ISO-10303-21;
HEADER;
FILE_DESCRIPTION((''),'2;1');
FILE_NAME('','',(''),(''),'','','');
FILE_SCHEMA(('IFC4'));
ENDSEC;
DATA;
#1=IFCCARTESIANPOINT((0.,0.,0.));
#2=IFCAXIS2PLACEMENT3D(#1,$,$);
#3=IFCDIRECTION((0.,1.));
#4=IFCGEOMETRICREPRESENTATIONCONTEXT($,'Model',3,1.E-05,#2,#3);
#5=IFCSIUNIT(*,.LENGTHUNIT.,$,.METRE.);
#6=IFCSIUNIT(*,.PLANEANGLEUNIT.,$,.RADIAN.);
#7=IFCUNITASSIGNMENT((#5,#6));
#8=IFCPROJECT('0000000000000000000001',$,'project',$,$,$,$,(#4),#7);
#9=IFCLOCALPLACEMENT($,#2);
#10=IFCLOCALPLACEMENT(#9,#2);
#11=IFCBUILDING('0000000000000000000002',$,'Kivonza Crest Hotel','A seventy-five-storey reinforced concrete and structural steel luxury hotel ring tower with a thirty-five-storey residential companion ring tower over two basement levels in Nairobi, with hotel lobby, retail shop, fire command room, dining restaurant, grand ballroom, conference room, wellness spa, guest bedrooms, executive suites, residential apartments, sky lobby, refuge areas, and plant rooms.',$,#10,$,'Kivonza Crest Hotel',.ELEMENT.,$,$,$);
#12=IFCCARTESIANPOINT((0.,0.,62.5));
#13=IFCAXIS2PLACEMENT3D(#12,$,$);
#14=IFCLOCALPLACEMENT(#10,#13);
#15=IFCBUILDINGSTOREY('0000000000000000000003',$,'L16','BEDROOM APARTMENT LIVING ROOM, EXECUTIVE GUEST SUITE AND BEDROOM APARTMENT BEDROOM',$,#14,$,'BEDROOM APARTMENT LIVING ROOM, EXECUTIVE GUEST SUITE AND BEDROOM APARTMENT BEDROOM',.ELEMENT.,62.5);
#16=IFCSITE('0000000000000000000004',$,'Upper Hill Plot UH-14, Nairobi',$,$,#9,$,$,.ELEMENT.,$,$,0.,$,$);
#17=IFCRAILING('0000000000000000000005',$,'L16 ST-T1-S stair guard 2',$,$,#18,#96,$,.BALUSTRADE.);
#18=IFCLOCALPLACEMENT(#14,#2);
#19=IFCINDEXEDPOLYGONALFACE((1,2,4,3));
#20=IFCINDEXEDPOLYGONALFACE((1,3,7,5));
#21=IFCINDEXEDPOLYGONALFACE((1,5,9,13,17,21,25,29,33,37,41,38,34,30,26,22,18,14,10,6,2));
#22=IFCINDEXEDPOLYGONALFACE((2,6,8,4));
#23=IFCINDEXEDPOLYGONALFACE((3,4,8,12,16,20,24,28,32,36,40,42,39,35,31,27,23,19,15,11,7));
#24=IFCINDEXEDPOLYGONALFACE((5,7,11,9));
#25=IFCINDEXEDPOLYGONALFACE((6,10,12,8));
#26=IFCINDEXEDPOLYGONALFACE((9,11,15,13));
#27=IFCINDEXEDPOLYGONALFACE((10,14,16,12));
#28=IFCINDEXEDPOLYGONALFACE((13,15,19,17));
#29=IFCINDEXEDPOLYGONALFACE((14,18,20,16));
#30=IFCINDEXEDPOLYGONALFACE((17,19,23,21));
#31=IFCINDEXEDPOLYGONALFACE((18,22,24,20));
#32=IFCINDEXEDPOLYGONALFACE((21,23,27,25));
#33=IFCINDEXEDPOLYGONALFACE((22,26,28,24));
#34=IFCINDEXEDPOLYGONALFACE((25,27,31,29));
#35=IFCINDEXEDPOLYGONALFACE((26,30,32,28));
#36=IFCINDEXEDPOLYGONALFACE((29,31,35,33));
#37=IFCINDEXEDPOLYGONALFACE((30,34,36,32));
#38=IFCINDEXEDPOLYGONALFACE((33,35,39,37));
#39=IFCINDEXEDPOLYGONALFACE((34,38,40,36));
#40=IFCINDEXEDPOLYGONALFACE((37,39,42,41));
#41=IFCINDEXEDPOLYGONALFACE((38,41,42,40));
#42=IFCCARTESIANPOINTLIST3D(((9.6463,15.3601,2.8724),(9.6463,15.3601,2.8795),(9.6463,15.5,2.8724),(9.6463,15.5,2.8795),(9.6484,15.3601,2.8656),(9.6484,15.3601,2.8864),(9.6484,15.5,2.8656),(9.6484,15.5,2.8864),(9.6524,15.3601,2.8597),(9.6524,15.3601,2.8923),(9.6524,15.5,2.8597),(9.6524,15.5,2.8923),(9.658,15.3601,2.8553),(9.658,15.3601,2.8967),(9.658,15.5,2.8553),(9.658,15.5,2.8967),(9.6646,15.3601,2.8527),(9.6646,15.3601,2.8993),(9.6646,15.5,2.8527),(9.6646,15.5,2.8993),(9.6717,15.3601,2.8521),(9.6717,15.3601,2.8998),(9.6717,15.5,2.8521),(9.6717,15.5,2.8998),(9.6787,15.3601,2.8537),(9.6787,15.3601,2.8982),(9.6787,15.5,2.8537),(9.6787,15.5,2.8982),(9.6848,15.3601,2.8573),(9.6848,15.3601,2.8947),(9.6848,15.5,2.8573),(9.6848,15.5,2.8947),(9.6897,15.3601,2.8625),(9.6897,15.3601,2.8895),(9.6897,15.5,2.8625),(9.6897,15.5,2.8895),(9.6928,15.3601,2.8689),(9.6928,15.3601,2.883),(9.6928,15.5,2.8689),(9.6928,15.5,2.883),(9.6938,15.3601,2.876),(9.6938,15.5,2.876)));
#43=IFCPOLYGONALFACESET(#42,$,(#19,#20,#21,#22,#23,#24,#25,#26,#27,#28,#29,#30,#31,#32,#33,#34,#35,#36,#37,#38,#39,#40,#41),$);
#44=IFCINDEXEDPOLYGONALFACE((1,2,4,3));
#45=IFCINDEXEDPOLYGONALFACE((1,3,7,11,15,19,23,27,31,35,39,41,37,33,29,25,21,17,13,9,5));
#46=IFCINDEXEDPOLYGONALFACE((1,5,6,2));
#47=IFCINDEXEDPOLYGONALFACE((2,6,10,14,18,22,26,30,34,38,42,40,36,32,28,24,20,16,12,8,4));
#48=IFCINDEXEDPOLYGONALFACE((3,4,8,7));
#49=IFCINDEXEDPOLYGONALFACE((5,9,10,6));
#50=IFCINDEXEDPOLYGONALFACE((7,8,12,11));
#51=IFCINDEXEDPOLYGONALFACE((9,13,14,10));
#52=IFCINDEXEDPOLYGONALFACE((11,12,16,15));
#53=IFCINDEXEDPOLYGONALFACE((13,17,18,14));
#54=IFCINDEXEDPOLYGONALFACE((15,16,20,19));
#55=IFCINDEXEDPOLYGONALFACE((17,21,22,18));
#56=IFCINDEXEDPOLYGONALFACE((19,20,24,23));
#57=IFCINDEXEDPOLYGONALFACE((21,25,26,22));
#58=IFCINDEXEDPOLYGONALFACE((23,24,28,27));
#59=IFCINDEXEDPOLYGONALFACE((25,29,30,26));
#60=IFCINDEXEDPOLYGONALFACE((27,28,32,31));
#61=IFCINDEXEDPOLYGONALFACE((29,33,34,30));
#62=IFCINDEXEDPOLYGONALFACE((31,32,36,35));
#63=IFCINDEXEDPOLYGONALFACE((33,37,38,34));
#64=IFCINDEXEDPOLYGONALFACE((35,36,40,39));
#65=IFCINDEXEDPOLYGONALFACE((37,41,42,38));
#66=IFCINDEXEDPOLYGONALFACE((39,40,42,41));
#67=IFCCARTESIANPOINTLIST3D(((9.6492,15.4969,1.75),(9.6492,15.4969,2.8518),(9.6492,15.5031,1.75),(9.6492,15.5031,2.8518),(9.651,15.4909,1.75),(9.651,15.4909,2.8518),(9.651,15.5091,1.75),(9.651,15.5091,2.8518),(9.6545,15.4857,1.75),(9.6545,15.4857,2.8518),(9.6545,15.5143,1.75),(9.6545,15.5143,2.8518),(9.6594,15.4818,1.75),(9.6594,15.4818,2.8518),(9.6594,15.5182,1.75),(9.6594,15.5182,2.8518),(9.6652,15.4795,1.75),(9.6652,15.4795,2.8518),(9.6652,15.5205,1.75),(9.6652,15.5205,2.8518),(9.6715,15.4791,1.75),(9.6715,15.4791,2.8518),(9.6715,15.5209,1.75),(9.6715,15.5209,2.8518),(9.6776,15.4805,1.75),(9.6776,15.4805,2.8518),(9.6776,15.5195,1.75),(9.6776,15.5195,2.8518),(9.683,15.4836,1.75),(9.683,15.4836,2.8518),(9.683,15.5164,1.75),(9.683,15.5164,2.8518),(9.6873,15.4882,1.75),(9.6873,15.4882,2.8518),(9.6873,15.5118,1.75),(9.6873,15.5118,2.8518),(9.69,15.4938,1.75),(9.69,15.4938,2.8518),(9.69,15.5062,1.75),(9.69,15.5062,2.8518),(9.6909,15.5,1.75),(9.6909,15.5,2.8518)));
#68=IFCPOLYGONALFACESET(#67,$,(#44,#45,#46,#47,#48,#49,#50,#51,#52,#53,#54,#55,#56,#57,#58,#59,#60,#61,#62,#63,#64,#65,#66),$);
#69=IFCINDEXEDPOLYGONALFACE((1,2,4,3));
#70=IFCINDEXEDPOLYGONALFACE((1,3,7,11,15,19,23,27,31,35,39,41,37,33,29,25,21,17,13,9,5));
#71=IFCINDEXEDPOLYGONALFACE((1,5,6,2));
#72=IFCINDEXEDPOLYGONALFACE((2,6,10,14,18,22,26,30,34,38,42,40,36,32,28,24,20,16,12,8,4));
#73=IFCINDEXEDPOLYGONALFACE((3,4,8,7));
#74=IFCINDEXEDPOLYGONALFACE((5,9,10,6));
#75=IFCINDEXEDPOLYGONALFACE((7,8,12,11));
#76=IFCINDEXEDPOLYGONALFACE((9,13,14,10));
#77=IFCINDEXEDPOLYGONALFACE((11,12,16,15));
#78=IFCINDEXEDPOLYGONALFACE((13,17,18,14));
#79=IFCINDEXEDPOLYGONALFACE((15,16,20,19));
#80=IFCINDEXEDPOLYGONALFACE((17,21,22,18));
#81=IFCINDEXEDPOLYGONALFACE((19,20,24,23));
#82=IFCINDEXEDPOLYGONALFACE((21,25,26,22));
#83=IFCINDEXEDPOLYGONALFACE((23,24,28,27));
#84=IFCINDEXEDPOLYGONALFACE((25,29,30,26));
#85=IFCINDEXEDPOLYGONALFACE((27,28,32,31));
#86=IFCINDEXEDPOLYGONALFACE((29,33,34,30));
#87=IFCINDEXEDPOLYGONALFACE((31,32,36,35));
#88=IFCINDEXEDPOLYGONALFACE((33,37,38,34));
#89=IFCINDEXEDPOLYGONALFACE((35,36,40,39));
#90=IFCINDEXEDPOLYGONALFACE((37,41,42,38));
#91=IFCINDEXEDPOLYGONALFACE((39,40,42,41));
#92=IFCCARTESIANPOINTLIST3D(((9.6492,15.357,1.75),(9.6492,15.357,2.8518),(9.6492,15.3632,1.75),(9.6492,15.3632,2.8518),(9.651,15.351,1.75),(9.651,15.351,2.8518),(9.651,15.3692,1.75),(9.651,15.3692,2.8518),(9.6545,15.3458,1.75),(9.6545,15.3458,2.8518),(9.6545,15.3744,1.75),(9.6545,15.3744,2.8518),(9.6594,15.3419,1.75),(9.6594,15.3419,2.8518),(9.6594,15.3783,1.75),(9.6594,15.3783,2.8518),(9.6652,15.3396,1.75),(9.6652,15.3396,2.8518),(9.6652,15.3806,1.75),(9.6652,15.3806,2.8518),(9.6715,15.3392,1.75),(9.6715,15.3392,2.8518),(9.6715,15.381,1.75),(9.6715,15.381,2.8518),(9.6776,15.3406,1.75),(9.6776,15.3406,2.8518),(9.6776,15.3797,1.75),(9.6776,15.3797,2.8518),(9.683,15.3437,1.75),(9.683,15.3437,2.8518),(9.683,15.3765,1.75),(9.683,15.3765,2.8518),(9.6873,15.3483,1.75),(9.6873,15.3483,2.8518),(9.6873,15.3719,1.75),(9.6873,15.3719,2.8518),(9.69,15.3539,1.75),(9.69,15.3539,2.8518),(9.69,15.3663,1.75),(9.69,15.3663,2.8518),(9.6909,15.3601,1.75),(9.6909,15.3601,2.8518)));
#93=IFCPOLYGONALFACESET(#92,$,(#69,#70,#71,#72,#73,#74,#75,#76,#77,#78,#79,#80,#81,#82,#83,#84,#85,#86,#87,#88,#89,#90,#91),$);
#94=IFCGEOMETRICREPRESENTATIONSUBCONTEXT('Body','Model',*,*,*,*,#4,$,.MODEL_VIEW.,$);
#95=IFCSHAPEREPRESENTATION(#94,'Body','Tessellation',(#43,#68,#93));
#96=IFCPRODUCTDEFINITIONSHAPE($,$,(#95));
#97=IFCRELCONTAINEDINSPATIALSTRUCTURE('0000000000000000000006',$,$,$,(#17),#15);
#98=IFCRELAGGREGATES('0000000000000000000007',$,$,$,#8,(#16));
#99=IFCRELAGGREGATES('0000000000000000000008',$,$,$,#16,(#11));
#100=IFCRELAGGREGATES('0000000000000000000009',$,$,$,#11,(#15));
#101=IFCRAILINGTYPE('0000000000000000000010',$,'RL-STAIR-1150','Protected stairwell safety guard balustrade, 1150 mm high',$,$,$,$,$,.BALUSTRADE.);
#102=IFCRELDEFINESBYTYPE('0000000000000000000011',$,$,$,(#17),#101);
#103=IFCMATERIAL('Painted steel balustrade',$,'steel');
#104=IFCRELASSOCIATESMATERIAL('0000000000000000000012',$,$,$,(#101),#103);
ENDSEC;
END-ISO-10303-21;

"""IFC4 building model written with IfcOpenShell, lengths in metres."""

from ifc_helpers import new_model, si_unit, direction, frame, origin, origin_2d, place, context, subcontext, project, spatial, circle, extrude, material, type_object, element, save


model = new_model("IFC4")

# Units and contexts
model_context = context("Model", 3, precision=1e-05, world=origin(), true_north=direction((0.0, 1.0)))
body_context = subcontext(model_context, "Body", "Model", "MODEL_VIEW")
ifc_project = project(units=[si_unit("LENGTHUNIT", "METRE"), si_unit("PLANEANGLEUNIT", "RADIAN")], contexts=[model_context])

# Site, building, storey
site_placement = place(None, origin())
site = spatial("IfcSite", under=ifc_project, at=site_placement, Name="Upper Hill Plot UH-14, Nairobi", CompositionType="ELEMENT", RefElevation=0.0)
building_placement = place(site_placement, origin())
building = spatial("IfcBuilding", under=site, at=building_placement, Name="Kivonza Crest Hotel", Description="A seventy-five-storey reinforced concrete and structural steel luxury hotel ring tower with a thirty-five-storey residential companion ring tower over two basement levels in Nairobi, with hotel lobby, retail shop, fire command room, dining restaurant, grand ballroom, conference room, wellness spa, guest bedrooms, executive suites, residential apartments, sky lobby, refuge areas, and plant rooms.", LongName="Kivonza Crest Hotel", CompositionType="ELEMENT")
storey_placement = place(building_placement, frame((0.0, 0.0, 62.5)))
storey = spatial("IfcBuildingStorey", under=building, at=storey_placement, Name="L16", Description="BEDROOM APARTMENT LIVING ROOM, EXECUTIVE GUEST SUITE AND BEDROOM APARTMENT BEDROOM", LongName="BEDROOM APARTMENT LIVING ROOM, EXECUTIVE GUEST SUITE AND BEDROOM APARTMENT BEDROOM", CompositionType="ELEMENT", Elevation=62.5)

# Railing
ifc_material_1 = material(Name="Painted steel balustrade", Category="steel")
railing_type_1 = type_object("IfcRailingType", Name="RL-STAIR-1150", Description="Protected stairwell safety guard balustrade, 1150 mm high", PredefinedType="BALUSTRADE", material=ifc_material_1)
railing_1_placement = place(storey_placement, frame((9.6699, 15.5, 1.75)))
element("IfcRailing", 1, at=railing_1_placement, inside=storey, type_object=railing_type_1, Name="L16 ST-T1-S stair guard 2", PredefinedType="BALUSTRADE", context=body_context, shape_type="SweptSolid", body=[
    extrude(circle(Radius=0.0239, at=origin_2d()), frame((0.0, 0.0, 1.126), z_axis=(0.0, -1.0, 0.0), x_axis=(1.0, 0.0, 0.0)), (0.0, 0.0, 1.0), 0.1399),
    extrude(circle(Radius=0.021, at=origin_2d()), origin(), (0.0, 0.0, 1.0), 1.1018),
    extrude(circle(Radius=0.021, at=origin_2d()), frame((0.0, -0.1399, 0.0)), (0.0, 0.0, 1.0), 1.1018),
])

save(model, "model.ifc")
